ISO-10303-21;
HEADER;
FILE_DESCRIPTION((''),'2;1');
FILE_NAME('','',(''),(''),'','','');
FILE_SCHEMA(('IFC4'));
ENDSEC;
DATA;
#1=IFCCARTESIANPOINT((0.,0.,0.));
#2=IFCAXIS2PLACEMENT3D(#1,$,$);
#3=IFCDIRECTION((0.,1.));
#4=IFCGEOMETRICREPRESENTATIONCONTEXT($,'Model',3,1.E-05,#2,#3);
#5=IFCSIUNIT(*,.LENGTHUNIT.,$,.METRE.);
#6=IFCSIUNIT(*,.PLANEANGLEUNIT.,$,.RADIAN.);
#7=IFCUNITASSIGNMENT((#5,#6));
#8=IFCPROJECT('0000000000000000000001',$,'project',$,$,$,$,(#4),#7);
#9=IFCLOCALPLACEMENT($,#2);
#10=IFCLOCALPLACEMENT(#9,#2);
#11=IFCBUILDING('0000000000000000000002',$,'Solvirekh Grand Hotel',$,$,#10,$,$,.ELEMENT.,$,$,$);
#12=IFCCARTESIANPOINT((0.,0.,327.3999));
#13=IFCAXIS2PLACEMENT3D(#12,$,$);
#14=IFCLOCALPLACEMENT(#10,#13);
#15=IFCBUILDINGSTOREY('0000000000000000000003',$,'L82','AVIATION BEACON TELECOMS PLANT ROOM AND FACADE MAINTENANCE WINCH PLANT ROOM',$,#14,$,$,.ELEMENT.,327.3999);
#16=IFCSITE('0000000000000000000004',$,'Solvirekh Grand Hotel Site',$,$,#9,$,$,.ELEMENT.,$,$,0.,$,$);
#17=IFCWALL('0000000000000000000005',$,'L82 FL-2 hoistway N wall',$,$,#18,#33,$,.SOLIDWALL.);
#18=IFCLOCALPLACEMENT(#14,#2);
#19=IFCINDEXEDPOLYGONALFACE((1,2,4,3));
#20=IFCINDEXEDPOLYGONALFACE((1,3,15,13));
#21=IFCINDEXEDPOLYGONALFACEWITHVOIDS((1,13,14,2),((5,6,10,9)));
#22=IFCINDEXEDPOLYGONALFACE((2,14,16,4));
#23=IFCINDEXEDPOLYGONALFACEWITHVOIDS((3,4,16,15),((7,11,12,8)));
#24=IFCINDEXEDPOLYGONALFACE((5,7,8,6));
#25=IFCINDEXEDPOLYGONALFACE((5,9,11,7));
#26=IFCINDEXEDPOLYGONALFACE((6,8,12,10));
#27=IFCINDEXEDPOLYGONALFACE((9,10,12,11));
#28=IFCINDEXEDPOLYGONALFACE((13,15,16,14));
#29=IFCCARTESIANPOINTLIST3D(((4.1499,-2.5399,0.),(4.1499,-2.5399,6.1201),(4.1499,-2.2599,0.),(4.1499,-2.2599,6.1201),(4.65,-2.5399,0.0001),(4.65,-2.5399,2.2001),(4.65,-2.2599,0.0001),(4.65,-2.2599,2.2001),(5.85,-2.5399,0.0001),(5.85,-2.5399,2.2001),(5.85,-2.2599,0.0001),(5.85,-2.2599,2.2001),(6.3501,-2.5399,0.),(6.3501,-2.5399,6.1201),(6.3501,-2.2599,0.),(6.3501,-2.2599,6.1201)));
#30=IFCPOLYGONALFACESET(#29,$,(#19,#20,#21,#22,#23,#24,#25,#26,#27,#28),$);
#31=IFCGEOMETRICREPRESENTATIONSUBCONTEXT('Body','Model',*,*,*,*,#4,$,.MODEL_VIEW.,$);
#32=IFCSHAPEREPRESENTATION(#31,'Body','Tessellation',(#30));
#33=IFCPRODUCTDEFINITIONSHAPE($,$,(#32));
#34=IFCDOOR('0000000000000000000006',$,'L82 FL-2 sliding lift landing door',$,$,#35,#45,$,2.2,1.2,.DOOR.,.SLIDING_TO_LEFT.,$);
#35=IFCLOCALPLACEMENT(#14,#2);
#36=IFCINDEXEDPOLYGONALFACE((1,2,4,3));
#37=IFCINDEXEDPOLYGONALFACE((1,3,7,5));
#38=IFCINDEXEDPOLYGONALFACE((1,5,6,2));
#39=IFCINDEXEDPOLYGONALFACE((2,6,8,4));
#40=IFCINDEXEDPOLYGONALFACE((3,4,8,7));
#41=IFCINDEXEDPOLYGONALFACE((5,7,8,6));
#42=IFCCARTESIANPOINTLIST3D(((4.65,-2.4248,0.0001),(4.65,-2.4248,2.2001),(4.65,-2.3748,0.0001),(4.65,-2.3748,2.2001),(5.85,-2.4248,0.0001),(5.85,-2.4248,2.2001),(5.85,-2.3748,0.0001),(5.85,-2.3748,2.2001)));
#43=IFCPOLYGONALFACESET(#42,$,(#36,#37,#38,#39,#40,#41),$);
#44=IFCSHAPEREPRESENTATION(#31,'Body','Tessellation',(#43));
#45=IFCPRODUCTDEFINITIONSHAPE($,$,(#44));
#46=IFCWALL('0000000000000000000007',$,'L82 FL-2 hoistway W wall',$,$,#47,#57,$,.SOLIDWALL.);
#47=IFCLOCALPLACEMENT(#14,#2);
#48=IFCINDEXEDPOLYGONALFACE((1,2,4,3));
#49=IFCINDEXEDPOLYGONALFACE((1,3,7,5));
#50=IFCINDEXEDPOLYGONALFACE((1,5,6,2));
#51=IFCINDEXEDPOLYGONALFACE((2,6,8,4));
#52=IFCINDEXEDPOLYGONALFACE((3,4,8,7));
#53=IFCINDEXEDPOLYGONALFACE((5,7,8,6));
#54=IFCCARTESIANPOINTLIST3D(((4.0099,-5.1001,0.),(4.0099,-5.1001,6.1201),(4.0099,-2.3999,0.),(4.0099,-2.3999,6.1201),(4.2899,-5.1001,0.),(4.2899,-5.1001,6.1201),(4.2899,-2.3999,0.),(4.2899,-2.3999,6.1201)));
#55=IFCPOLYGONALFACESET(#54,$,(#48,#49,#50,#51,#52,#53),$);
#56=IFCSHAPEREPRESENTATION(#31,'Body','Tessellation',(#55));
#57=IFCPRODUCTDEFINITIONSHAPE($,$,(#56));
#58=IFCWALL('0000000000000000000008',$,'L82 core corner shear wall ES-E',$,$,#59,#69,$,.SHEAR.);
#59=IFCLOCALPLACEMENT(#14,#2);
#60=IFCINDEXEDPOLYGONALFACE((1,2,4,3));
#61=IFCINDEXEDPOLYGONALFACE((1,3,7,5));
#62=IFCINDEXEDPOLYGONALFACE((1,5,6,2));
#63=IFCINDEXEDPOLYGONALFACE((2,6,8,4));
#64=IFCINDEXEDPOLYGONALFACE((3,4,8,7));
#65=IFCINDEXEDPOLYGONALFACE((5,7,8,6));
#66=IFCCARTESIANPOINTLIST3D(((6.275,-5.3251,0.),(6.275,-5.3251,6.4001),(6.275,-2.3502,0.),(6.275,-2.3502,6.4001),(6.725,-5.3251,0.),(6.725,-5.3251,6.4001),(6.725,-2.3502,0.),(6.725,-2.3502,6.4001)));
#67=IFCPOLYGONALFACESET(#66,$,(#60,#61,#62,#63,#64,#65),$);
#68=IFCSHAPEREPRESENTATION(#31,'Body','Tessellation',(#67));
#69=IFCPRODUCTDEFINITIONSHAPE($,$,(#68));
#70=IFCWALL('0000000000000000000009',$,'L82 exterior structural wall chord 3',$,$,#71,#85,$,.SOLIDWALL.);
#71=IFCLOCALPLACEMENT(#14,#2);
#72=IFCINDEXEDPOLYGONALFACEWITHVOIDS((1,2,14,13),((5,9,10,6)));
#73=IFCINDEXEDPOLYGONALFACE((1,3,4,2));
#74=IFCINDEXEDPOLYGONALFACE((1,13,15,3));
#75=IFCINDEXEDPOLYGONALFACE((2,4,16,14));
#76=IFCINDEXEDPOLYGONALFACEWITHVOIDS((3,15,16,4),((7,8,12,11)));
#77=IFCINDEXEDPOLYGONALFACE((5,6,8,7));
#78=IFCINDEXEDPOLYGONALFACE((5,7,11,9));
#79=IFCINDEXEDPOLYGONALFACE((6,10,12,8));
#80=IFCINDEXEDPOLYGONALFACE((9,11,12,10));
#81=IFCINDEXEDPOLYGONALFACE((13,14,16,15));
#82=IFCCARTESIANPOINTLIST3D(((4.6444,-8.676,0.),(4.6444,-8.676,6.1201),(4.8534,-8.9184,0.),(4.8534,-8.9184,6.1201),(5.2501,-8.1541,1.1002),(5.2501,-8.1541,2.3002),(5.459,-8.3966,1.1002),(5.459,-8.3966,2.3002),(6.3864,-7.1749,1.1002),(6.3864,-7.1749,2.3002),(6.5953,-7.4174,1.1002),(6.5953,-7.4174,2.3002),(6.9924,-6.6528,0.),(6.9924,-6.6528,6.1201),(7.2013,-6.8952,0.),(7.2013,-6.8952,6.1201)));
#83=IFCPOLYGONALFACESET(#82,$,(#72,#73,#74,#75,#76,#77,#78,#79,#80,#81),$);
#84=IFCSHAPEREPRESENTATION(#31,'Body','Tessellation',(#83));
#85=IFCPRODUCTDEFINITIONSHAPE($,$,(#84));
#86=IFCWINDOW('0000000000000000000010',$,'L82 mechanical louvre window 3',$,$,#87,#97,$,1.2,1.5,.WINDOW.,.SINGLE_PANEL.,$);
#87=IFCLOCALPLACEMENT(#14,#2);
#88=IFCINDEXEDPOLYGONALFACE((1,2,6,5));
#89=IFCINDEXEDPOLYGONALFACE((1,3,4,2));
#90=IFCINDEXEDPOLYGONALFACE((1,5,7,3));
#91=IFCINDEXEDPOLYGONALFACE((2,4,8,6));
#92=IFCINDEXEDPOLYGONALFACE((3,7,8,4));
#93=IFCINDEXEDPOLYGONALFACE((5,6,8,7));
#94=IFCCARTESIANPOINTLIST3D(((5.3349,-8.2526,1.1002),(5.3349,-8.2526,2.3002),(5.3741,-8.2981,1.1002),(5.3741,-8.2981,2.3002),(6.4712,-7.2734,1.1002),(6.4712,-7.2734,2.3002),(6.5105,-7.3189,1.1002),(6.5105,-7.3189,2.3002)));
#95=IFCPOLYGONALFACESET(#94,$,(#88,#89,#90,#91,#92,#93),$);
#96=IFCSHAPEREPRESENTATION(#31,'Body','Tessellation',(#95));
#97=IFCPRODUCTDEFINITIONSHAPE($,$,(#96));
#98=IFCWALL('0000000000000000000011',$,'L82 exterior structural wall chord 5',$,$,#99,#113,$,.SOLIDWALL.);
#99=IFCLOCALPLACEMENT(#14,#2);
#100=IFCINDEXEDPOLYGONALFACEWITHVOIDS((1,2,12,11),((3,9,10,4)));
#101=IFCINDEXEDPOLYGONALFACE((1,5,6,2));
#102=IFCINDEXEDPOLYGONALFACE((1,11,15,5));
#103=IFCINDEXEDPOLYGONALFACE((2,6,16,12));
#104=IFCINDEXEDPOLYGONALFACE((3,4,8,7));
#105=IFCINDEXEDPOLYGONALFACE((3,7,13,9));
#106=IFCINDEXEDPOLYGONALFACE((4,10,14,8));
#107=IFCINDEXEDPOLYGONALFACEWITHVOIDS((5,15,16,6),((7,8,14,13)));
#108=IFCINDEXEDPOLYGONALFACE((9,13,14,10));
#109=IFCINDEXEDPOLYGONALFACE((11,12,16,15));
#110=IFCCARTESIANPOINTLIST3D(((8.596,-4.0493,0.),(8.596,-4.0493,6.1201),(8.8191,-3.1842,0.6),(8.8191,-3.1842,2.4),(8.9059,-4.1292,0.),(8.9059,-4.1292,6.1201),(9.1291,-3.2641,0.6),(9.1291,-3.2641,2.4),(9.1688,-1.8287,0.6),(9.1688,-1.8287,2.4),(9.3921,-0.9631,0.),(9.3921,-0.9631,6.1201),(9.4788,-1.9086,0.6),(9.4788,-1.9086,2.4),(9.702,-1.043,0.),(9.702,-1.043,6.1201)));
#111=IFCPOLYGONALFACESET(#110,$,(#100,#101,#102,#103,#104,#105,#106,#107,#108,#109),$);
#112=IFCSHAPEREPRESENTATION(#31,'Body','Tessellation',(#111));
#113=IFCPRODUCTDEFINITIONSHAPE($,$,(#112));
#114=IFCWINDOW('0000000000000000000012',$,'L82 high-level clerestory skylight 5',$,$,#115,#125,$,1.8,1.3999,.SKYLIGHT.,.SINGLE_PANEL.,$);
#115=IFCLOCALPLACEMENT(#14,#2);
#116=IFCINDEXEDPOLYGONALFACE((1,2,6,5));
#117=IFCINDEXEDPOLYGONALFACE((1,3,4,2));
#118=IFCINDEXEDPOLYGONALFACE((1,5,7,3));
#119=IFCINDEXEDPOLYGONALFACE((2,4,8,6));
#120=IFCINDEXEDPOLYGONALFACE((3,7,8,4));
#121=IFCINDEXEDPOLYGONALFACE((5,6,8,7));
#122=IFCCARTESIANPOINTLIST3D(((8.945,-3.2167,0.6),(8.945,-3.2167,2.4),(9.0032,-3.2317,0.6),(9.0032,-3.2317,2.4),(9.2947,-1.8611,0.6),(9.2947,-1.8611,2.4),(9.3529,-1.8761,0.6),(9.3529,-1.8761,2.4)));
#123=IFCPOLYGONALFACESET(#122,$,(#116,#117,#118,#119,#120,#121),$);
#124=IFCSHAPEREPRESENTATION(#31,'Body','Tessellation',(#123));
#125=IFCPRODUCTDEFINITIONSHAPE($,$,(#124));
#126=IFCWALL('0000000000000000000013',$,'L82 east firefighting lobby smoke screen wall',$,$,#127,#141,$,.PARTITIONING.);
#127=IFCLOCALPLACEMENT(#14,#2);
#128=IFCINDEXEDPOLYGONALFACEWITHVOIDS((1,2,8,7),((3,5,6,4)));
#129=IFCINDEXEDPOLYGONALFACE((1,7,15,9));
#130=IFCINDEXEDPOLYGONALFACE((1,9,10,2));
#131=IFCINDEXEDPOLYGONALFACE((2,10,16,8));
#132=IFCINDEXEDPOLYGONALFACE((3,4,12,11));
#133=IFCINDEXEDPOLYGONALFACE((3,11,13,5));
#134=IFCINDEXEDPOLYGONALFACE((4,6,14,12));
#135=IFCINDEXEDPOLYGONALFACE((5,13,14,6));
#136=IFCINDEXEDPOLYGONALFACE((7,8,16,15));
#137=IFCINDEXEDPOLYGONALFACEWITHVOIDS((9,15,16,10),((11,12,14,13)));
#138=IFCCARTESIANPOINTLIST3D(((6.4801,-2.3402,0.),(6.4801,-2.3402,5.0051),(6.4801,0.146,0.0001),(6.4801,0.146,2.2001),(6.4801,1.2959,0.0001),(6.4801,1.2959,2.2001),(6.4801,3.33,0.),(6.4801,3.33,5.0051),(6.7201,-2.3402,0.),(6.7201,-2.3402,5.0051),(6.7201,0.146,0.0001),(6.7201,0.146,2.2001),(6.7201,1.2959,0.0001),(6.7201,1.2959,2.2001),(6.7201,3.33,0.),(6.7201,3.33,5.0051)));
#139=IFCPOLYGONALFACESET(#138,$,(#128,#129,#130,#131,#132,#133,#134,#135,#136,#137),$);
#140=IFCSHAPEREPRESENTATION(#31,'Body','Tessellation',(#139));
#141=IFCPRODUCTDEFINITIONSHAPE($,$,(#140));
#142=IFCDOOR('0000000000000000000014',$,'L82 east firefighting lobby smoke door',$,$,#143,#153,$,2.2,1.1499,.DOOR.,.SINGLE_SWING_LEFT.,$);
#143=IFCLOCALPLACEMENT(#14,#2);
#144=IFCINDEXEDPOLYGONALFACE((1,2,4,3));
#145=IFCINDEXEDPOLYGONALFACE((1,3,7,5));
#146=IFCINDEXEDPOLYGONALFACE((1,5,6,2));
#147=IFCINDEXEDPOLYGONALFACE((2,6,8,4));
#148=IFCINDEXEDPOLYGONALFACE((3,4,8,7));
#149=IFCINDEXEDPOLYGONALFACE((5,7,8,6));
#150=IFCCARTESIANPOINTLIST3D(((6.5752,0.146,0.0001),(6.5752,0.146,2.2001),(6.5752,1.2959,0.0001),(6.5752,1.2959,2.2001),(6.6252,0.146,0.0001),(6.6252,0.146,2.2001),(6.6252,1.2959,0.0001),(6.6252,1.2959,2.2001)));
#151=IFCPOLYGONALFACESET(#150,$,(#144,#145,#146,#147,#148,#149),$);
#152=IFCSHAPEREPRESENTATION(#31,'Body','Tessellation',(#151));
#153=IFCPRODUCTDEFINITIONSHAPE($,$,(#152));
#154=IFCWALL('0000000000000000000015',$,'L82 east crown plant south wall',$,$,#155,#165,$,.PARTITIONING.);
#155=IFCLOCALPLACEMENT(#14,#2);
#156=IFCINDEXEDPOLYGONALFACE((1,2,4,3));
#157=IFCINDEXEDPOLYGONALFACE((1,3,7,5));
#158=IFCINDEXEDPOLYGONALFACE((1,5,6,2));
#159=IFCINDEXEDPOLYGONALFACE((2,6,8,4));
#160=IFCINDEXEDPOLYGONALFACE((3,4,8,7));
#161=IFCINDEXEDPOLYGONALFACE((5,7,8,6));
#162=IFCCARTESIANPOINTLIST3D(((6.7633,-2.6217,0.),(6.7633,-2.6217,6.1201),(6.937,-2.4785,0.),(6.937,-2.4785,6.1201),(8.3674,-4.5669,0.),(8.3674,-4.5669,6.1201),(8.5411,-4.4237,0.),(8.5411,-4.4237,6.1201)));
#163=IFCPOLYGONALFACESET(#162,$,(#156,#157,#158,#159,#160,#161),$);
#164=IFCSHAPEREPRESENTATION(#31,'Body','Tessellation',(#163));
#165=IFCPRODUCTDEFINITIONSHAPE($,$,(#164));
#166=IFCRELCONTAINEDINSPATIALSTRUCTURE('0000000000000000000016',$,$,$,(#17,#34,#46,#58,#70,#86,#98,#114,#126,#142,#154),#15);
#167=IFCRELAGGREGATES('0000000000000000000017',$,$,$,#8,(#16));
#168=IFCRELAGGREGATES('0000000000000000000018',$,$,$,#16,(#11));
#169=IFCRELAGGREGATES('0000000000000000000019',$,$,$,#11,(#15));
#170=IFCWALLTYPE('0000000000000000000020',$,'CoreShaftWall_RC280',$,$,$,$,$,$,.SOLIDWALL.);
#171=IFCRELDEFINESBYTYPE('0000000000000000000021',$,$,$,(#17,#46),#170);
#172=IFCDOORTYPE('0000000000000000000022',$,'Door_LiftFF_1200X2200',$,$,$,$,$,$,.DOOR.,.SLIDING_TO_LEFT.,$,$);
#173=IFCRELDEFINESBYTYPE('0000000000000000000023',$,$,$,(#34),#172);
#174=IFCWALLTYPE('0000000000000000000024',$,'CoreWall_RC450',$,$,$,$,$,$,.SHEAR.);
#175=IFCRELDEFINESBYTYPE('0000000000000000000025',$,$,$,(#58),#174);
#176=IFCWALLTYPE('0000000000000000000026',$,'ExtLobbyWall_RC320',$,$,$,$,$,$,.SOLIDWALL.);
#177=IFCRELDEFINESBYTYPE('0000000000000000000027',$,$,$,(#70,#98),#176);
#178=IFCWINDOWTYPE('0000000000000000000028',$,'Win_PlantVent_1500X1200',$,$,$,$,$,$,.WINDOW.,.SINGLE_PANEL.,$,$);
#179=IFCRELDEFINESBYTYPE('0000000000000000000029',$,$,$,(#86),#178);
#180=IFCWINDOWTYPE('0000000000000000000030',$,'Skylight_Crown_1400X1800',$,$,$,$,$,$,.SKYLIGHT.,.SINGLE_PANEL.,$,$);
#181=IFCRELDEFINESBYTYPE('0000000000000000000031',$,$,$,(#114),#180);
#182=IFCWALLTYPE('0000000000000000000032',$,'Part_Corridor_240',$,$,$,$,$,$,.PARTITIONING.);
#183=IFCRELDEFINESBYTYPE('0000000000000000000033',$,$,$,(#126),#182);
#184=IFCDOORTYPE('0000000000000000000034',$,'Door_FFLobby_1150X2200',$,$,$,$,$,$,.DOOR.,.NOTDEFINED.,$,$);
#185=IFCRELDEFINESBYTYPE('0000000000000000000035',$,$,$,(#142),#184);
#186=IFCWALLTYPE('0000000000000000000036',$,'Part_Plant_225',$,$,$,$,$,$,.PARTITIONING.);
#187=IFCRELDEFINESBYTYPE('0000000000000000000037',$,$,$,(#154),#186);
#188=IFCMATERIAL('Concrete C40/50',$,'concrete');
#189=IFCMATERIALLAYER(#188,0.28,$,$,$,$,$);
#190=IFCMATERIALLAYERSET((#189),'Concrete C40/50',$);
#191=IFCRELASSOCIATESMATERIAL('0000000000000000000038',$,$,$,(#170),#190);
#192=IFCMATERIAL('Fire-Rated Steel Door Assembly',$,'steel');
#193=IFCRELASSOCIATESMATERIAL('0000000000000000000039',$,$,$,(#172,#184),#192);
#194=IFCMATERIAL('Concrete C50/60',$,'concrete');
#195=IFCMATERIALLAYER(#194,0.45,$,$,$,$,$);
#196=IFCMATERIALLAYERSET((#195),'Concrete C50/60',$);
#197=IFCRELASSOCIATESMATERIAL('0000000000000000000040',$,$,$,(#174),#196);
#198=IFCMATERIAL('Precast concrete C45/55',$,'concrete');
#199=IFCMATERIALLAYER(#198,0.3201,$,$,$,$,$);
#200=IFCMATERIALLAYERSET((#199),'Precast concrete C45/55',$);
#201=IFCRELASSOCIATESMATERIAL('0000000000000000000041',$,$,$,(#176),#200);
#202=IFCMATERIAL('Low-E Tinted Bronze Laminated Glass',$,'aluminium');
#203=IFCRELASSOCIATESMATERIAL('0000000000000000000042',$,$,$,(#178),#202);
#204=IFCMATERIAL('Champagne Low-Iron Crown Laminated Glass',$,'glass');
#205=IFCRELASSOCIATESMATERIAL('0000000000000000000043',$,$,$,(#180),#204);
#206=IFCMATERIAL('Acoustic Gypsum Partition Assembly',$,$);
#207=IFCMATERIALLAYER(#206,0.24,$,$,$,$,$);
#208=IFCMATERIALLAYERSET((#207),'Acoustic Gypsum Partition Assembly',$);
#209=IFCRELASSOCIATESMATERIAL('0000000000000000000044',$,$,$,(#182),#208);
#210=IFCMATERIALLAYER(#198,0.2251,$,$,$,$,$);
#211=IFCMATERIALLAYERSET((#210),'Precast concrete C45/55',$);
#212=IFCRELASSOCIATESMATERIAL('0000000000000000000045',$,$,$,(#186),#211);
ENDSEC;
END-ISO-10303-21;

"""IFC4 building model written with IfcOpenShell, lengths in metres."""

from ifc_helpers import new_model, si_unit, direction, frame, frame_2d, origin, place, context, subcontext, project, spatial, rectangle, extrude, material, layer, layer_set, type_object, element, fill, save


model = new_model("IFC4")

# Units and contexts
model_context = context("Model", 3, precision=1e-05, world=origin(), true_north=direction((0.0, 1.0)))
body_context = subcontext(model_context, "Body", "Model", "MODEL_VIEW")
ifc_project = project(units=[si_unit("LENGTHUNIT", "METRE"), si_unit("PLANEANGLEUNIT", "RADIAN")], contexts=[model_context])

# Site, building, storey
site_placement = place(None, origin())
site = spatial("IfcSite", under=ifc_project, at=site_placement, Name="Solvirekh Grand Hotel Site", CompositionType="ELEMENT", RefElevation=0.0)
building_placement = place(site_placement, origin())
building = spatial("IfcBuilding", under=site, at=building_placement, Name="Solvirekh Grand Hotel", CompositionType="ELEMENT")
storey_placement = place(building_placement, frame((0.0, 0.0, 327.3999)))
storey = spatial("IfcBuildingStorey", under=building, at=storey_placement, Name="L82", Description="AVIATION BEACON TELECOMS PLANT ROOM AND FACADE MAINTENANCE WINCH PLANT ROOM", CompositionType="ELEMENT", Elevation=327.3999)

# Shared definitions
ifc_material_1 = material(Name="Concrete C50/60", Category="concrete")

# Shared definitions
ifc_material_2 = material(Name="Champagne Low-Iron Crown Laminated Glass", Category="glass")

# Wall, opening, door
ifc_material_3 = material(Name="Concrete C40/50", Category="concrete")
ifc_layer_1 = layer(ifc_material_3, 0.28)
ifc_layer_set_1 = layer_set([ifc_layer_1], Name="Concrete C40/50")
wall_type_1 = type_object("IfcWallType", Name="CoreShaftWall_RC280", PredefinedType="SOLIDWALL", material=ifc_layer_set_1)
wall_1_placement = place(storey_placement, frame((6.3501, -2.3999, 0.0), z_axis=(0.0, 0.0, 1.0), x_axis=(-1.0, 0.0, 0.0)))
wall_1 = element("IfcWall", 1, at=wall_1_placement, inside=storey, type_object=wall_type_1, Name="L82 FL-2 hoistway N wall", PredefinedType="SOLIDWALL", context=body_context, shape_type="SweptSolid", body=[
    extrude(rectangle(XDim=2.2002, YDim=0.28, at=frame_2d((1.1001, 0.0))), origin(), (0.0, 0.0, 1.0), 6.1201),
])
opening_1_placement = place(wall_1_placement, frame((0.5, 0.0, 0.0)))
opening_1 = element("IfcOpeningElement", 2, at=opening_1_placement, cuts=wall_1, PredefinedType="OPENING", context=body_context, shape_type="SweptSolid", body=[
    extrude(rectangle(XDim=1.2, YDim=2.2, at=frame_2d((0.6001, 1.1001))), frame((0.0, 0.1499, 0.0), z_axis=(0.0, -1.0, 0.0), x_axis=(1.0, 0.0, 0.0)), (0.0, 0.0, 1.0), 0.3),
])
ifc_material_4 = material(Name="Fire-Rated Steel Door Assembly", Category="steel")
door_type_1 = type_object("IfcDoorType", Name="Door_LiftFF_1200X2200", OperationType="SLIDING_TO_LEFT", PredefinedType="DOOR", material=ifc_material_4)
door_1_placement = place(opening_1_placement, origin())
door_1 = element("IfcDoor", 3, at=door_1_placement, inside=storey, type_object=door_type_1, Name="L82 FL-2 sliding lift landing door", OperationType="SLIDING_TO_LEFT", OverallHeight=2.2, OverallWidth=1.2, PredefinedType="DOOR", context=body_context, shape_type="SweptSolid", body=[
    extrude(rectangle(XDim=1.2, YDim=2.2, at=frame_2d((0.6001, 1.1001))), frame((0.0, 0.0249, 0.0), z_axis=(0.0, -1.0, 0.0), x_axis=(1.0, 0.0, 0.0)), (0.0, 0.0, 1.0), 0.05),
])
fill(opening_1, door_1)

# Walls
wall_2_placement = place(storey_placement, frame((4.1499, -2.3999, 0.0), z_axis=(0.0, 0.0, 1.0), x_axis=(0.0, -1.0, 0.0)))
element("IfcWall", 4, at=wall_2_placement, inside=storey, type_object=wall_type_1, Name="L82 FL-2 hoistway W wall", PredefinedType="SOLIDWALL", context=body_context, shape_type="SweptSolid", body=[
    extrude(rectangle(XDim=2.7002, YDim=0.28, at=frame_2d((1.3501, 0.0))), origin(), (0.0, 0.0, 1.0), 6.1201),
])
ifc_layer_2 = layer(ifc_material_1, 0.45)
ifc_layer_set_2 = layer_set([ifc_layer_2], Name="Concrete C50/60")
wall_type_2 = type_object("IfcWallType", Name="CoreWall_RC450", PredefinedType="SHEAR", material=ifc_layer_set_2)
wall_3_placement = place(storey_placement, frame((6.5, -5.325, 0.0), z_axis=(0.0, 0.0, 1.0), x_axis=(0.0, 1.0, 0.0)))
element("IfcWall", 5, at=wall_3_placement, inside=storey, type_object=wall_type_2, Name="L82 core corner shear wall ES-E", PredefinedType="SHEAR", context=body_context, shape_type="SweptSolid", body=[
    extrude(rectangle(XDim=2.9749, YDim=0.45, at=frame_2d((1.4873, 0.0))), origin(), (0.0, 0.0, 1.0), 6.4001),
])

# Walls, openings, windows
ifc_material_5 = material(Name="Precast concrete C45/55", Category="concrete")
ifc_layer_3 = layer(ifc_material_5, 0.3201)
ifc_layer_set_3 = layer_set([ifc_layer_3], Name="Precast concrete C45/55")
wall_type_3 = type_object("IfcWallType", Name="ExtLobbyWall_RC320", PredefinedType="SOLIDWALL", material=ifc_layer_set_3)
wall_4_placement = place(storey_placement, frame((7.0969, -6.7739, 0.0), z_axis=(0.0, 0.0, 1.0), x_axis=(-0.757547, -0.652781, 0.0)))
wall_4 = element("IfcWall", 6, at=wall_4_placement, inside=storey, type_object=wall_type_3, Name="L82 exterior structural wall chord 3", PredefinedType="SOLIDWALL", context=body_context, shape_type="SweptSolid", body=[
    extrude(rectangle(XDim=3.0994, YDim=0.3201, at=frame_2d((1.5498, 0.0))), origin(), (0.0, 0.0, 1.0), 6.1201),
])
opening_2_placement = place(wall_4_placement, frame((0.8, 0.0, 1.1001)))
opening_2 = element("IfcOpeningElement", 7, at=opening_2_placement, cuts=wall_4, PredefinedType="OPENING", context=body_context, shape_type="SweptSolid", body=[
    extrude(rectangle(XDim=1.5, YDim=1.2, at=frame_2d((0.75, 0.6001))), frame((0.0, 0.1699, 0.0), z_axis=(0.0, -1.0, 0.0), x_axis=(1.0, 0.0, 0.0)), (0.0, 0.0, 1.0), 0.3401),
])
ifc_material_6 = material(Name="Low-E Tinted Bronze Laminated Glass", Category="aluminium")
window_type_1 = type_object("IfcWindowType", Name="Win_PlantVent_1500X1200", PartitioningType="SINGLE_PANEL", PredefinedType="WINDOW", material=ifc_material_6)
window_1_placement = place(opening_2_placement, origin())
window_1 = element("IfcWindow", 8, at=window_1_placement, inside=storey, type_object=window_type_1, Name="L82 mechanical louvre window 3", OverallHeight=1.2, OverallWidth=1.5, PartitioningType="SINGLE_PANEL", PredefinedType="WINDOW", context=body_context, shape_type="SweptSolid", body=[
    extrude(rectangle(XDim=1.5, YDim=1.2, at=frame_2d((0.75, 0.6001))), frame((0.0, 0.03, 0.0), z_axis=(0.0, -1.0, 0.0), x_axis=(1.0, 0.0, 0.0)), (0.0, 0.0, 1.0), 0.0601),
])
fill(opening_2, window_1)
wall_5_placement = place(storey_placement, frame((9.5471, -1.0029, 0.0), z_axis=(0.0, 0.0, 1.0), x_axis=(-0.249792, -0.968299, 0.0)))
wall_5 = element("IfcWall", 9, at=wall_5_placement, inside=storey, type_object=wall_type_3, Name="L82 exterior structural wall chord 5", PredefinedType="SOLIDWALL", context=body_context, shape_type="SweptSolid", body=[
    extrude(rectangle(XDim=3.1873, YDim=0.3201, at=frame_2d((1.5938, 0.0))), origin(), (0.0, 0.0, 1.0), 6.1201),
])
opening_3_placement = place(wall_5_placement, frame((0.894, 0.0, 0.6001)))
opening_3 = element("IfcOpeningElement", 10, at=opening_3_placement, cuts=wall_5, PredefinedType="OPENING", context=body_context, shape_type="SweptSolid", body=[
    extrude(rectangle(XDim=1.3999, YDim=1.8, at=frame_2d((0.7, 0.8999))), frame((0.0, 0.1699, 0.0), z_axis=(0.0, -1.0, 0.0), x_axis=(1.0, 0.0, 0.0)), (0.0, 0.0, 1.0), 0.3401),
])
window_type_2 = type_object("IfcWindowType", Name="Skylight_Crown_1400X1800", PartitioningType="SINGLE_PANEL", PredefinedType="SKYLIGHT", material=ifc_material_2)
window_2_placement = place(opening_3_placement, origin())
window_2 = element("IfcWindow", 11, at=window_2_placement, inside=storey, type_object=window_type_2, Name="L82 high-level clerestory skylight 5", OverallHeight=1.8, OverallWidth=1.3999, PartitioningType="SINGLE_PANEL", PredefinedType="SKYLIGHT", context=body_context, shape_type="SweptSolid", body=[
    extrude(rectangle(XDim=1.3999, YDim=1.8, at=frame_2d((0.7, 0.8999))), frame((0.0, 0.03, 0.0), z_axis=(0.0, -1.0, 0.0), x_axis=(1.0, 0.0, 0.0)), (0.0, 0.0, 1.0), 0.0601),
])
fill(opening_3, window_2)

# Wall, opening, door
ifc_material_7 = material(Name="Acoustic Gypsum Partition Assembly")
ifc_layer_4 = layer(ifc_material_7, 0.24)
ifc_layer_set_4 = layer_set([ifc_layer_4], Name="Acoustic Gypsum Partition Assembly")
wall_type_4 = type_object("IfcWallType", Name="Part_Corridor_240", PredefinedType="PARTITIONING", material=ifc_layer_set_4)
wall_6_placement = place(storey_placement, frame((6.6001, -2.3401, 0.0), z_axis=(0.0, 0.0, 1.0), x_axis=(0.0, 1.0, 0.0)))
wall_6 = element("IfcWall", 12, at=wall_6_placement, inside=storey, type_object=wall_type_4, Name="L82 east firefighting lobby smoke screen wall", PredefinedType="PARTITIONING", context=body_context, shape_type="SweptSolid", body=[
    extrude(rectangle(XDim=5.6702, YDim=0.24, at=frame_2d((2.835, 0.0))), origin(), (0.0, 0.0, 1.0), 5.0051),
])
opening_4_placement = place(wall_6_placement, frame((2.4861, 0.0, 0.0)))
opening_4 = element("IfcOpeningElement", 13, at=opening_4_placement, cuts=wall_6, PredefinedType="OPENING", context=body_context, shape_type="SweptSolid", body=[
    extrude(rectangle(XDim=1.1499, YDim=2.2, at=frame_2d((0.575, 1.1001))), frame((0.0, 0.1299, 0.0), z_axis=(0.0, -1.0, 0.0), x_axis=(1.0, 0.0, 0.0)), (0.0, 0.0, 1.0), 0.26),
])
door_type_2 = type_object("IfcDoorType", Name="Door_FFLobby_1150X2200", OperationType="NOTDEFINED", PredefinedType="DOOR", material=ifc_material_4)
door_2_placement = place(opening_4_placement, origin())
door_2 = element("IfcDoor", 14, at=door_2_placement, inside=storey, type_object=door_type_2, Name="L82 east firefighting lobby smoke door", OperationType="SINGLE_SWING_LEFT", OverallHeight=2.2, OverallWidth=1.1499, PredefinedType="DOOR", context=body_context, shape_type="SweptSolid", body=[
    extrude(rectangle(XDim=1.1499, YDim=2.2, at=frame_2d((0.575, 1.1001))), frame((0.0, 0.0249, 0.0), z_axis=(0.0, -1.0, 0.0), x_axis=(1.0, 0.0, 0.0)), (0.0, 0.0, 1.0), 0.05),
])
fill(opening_4, door_2)

# Wall
ifc_layer_5 = layer(ifc_material_5, 0.2251)
ifc_layer_set_5 = layer_set([ifc_layer_5], Name="Precast concrete C45/55")
wall_type_5 = type_object("IfcWallType", Name="Part_Plant_225", PredefinedType="PARTITIONING", material=ifc_layer_set_5)
wall_7_placement = place(storey_placement, frame((6.8501, -2.55, 0.0), z_axis=(0.0, 0.0, 1.0), x_axis=(0.636223, -0.771505, 0.0)))
element("IfcWall", 15, at=wall_7_placement, inside=storey, type_object=wall_type_5, Name="L82 east crown plant south wall", PredefinedType="PARTITIONING", context=body_context, shape_type="SweptSolid", body=[
    extrude(rectangle(XDim=2.5212, YDim=0.2251, at=frame_2d((1.2607, 0.0))), origin(), (0.0, 0.0, 1.0), 6.1201),
])

save(model, "model.ifc")
